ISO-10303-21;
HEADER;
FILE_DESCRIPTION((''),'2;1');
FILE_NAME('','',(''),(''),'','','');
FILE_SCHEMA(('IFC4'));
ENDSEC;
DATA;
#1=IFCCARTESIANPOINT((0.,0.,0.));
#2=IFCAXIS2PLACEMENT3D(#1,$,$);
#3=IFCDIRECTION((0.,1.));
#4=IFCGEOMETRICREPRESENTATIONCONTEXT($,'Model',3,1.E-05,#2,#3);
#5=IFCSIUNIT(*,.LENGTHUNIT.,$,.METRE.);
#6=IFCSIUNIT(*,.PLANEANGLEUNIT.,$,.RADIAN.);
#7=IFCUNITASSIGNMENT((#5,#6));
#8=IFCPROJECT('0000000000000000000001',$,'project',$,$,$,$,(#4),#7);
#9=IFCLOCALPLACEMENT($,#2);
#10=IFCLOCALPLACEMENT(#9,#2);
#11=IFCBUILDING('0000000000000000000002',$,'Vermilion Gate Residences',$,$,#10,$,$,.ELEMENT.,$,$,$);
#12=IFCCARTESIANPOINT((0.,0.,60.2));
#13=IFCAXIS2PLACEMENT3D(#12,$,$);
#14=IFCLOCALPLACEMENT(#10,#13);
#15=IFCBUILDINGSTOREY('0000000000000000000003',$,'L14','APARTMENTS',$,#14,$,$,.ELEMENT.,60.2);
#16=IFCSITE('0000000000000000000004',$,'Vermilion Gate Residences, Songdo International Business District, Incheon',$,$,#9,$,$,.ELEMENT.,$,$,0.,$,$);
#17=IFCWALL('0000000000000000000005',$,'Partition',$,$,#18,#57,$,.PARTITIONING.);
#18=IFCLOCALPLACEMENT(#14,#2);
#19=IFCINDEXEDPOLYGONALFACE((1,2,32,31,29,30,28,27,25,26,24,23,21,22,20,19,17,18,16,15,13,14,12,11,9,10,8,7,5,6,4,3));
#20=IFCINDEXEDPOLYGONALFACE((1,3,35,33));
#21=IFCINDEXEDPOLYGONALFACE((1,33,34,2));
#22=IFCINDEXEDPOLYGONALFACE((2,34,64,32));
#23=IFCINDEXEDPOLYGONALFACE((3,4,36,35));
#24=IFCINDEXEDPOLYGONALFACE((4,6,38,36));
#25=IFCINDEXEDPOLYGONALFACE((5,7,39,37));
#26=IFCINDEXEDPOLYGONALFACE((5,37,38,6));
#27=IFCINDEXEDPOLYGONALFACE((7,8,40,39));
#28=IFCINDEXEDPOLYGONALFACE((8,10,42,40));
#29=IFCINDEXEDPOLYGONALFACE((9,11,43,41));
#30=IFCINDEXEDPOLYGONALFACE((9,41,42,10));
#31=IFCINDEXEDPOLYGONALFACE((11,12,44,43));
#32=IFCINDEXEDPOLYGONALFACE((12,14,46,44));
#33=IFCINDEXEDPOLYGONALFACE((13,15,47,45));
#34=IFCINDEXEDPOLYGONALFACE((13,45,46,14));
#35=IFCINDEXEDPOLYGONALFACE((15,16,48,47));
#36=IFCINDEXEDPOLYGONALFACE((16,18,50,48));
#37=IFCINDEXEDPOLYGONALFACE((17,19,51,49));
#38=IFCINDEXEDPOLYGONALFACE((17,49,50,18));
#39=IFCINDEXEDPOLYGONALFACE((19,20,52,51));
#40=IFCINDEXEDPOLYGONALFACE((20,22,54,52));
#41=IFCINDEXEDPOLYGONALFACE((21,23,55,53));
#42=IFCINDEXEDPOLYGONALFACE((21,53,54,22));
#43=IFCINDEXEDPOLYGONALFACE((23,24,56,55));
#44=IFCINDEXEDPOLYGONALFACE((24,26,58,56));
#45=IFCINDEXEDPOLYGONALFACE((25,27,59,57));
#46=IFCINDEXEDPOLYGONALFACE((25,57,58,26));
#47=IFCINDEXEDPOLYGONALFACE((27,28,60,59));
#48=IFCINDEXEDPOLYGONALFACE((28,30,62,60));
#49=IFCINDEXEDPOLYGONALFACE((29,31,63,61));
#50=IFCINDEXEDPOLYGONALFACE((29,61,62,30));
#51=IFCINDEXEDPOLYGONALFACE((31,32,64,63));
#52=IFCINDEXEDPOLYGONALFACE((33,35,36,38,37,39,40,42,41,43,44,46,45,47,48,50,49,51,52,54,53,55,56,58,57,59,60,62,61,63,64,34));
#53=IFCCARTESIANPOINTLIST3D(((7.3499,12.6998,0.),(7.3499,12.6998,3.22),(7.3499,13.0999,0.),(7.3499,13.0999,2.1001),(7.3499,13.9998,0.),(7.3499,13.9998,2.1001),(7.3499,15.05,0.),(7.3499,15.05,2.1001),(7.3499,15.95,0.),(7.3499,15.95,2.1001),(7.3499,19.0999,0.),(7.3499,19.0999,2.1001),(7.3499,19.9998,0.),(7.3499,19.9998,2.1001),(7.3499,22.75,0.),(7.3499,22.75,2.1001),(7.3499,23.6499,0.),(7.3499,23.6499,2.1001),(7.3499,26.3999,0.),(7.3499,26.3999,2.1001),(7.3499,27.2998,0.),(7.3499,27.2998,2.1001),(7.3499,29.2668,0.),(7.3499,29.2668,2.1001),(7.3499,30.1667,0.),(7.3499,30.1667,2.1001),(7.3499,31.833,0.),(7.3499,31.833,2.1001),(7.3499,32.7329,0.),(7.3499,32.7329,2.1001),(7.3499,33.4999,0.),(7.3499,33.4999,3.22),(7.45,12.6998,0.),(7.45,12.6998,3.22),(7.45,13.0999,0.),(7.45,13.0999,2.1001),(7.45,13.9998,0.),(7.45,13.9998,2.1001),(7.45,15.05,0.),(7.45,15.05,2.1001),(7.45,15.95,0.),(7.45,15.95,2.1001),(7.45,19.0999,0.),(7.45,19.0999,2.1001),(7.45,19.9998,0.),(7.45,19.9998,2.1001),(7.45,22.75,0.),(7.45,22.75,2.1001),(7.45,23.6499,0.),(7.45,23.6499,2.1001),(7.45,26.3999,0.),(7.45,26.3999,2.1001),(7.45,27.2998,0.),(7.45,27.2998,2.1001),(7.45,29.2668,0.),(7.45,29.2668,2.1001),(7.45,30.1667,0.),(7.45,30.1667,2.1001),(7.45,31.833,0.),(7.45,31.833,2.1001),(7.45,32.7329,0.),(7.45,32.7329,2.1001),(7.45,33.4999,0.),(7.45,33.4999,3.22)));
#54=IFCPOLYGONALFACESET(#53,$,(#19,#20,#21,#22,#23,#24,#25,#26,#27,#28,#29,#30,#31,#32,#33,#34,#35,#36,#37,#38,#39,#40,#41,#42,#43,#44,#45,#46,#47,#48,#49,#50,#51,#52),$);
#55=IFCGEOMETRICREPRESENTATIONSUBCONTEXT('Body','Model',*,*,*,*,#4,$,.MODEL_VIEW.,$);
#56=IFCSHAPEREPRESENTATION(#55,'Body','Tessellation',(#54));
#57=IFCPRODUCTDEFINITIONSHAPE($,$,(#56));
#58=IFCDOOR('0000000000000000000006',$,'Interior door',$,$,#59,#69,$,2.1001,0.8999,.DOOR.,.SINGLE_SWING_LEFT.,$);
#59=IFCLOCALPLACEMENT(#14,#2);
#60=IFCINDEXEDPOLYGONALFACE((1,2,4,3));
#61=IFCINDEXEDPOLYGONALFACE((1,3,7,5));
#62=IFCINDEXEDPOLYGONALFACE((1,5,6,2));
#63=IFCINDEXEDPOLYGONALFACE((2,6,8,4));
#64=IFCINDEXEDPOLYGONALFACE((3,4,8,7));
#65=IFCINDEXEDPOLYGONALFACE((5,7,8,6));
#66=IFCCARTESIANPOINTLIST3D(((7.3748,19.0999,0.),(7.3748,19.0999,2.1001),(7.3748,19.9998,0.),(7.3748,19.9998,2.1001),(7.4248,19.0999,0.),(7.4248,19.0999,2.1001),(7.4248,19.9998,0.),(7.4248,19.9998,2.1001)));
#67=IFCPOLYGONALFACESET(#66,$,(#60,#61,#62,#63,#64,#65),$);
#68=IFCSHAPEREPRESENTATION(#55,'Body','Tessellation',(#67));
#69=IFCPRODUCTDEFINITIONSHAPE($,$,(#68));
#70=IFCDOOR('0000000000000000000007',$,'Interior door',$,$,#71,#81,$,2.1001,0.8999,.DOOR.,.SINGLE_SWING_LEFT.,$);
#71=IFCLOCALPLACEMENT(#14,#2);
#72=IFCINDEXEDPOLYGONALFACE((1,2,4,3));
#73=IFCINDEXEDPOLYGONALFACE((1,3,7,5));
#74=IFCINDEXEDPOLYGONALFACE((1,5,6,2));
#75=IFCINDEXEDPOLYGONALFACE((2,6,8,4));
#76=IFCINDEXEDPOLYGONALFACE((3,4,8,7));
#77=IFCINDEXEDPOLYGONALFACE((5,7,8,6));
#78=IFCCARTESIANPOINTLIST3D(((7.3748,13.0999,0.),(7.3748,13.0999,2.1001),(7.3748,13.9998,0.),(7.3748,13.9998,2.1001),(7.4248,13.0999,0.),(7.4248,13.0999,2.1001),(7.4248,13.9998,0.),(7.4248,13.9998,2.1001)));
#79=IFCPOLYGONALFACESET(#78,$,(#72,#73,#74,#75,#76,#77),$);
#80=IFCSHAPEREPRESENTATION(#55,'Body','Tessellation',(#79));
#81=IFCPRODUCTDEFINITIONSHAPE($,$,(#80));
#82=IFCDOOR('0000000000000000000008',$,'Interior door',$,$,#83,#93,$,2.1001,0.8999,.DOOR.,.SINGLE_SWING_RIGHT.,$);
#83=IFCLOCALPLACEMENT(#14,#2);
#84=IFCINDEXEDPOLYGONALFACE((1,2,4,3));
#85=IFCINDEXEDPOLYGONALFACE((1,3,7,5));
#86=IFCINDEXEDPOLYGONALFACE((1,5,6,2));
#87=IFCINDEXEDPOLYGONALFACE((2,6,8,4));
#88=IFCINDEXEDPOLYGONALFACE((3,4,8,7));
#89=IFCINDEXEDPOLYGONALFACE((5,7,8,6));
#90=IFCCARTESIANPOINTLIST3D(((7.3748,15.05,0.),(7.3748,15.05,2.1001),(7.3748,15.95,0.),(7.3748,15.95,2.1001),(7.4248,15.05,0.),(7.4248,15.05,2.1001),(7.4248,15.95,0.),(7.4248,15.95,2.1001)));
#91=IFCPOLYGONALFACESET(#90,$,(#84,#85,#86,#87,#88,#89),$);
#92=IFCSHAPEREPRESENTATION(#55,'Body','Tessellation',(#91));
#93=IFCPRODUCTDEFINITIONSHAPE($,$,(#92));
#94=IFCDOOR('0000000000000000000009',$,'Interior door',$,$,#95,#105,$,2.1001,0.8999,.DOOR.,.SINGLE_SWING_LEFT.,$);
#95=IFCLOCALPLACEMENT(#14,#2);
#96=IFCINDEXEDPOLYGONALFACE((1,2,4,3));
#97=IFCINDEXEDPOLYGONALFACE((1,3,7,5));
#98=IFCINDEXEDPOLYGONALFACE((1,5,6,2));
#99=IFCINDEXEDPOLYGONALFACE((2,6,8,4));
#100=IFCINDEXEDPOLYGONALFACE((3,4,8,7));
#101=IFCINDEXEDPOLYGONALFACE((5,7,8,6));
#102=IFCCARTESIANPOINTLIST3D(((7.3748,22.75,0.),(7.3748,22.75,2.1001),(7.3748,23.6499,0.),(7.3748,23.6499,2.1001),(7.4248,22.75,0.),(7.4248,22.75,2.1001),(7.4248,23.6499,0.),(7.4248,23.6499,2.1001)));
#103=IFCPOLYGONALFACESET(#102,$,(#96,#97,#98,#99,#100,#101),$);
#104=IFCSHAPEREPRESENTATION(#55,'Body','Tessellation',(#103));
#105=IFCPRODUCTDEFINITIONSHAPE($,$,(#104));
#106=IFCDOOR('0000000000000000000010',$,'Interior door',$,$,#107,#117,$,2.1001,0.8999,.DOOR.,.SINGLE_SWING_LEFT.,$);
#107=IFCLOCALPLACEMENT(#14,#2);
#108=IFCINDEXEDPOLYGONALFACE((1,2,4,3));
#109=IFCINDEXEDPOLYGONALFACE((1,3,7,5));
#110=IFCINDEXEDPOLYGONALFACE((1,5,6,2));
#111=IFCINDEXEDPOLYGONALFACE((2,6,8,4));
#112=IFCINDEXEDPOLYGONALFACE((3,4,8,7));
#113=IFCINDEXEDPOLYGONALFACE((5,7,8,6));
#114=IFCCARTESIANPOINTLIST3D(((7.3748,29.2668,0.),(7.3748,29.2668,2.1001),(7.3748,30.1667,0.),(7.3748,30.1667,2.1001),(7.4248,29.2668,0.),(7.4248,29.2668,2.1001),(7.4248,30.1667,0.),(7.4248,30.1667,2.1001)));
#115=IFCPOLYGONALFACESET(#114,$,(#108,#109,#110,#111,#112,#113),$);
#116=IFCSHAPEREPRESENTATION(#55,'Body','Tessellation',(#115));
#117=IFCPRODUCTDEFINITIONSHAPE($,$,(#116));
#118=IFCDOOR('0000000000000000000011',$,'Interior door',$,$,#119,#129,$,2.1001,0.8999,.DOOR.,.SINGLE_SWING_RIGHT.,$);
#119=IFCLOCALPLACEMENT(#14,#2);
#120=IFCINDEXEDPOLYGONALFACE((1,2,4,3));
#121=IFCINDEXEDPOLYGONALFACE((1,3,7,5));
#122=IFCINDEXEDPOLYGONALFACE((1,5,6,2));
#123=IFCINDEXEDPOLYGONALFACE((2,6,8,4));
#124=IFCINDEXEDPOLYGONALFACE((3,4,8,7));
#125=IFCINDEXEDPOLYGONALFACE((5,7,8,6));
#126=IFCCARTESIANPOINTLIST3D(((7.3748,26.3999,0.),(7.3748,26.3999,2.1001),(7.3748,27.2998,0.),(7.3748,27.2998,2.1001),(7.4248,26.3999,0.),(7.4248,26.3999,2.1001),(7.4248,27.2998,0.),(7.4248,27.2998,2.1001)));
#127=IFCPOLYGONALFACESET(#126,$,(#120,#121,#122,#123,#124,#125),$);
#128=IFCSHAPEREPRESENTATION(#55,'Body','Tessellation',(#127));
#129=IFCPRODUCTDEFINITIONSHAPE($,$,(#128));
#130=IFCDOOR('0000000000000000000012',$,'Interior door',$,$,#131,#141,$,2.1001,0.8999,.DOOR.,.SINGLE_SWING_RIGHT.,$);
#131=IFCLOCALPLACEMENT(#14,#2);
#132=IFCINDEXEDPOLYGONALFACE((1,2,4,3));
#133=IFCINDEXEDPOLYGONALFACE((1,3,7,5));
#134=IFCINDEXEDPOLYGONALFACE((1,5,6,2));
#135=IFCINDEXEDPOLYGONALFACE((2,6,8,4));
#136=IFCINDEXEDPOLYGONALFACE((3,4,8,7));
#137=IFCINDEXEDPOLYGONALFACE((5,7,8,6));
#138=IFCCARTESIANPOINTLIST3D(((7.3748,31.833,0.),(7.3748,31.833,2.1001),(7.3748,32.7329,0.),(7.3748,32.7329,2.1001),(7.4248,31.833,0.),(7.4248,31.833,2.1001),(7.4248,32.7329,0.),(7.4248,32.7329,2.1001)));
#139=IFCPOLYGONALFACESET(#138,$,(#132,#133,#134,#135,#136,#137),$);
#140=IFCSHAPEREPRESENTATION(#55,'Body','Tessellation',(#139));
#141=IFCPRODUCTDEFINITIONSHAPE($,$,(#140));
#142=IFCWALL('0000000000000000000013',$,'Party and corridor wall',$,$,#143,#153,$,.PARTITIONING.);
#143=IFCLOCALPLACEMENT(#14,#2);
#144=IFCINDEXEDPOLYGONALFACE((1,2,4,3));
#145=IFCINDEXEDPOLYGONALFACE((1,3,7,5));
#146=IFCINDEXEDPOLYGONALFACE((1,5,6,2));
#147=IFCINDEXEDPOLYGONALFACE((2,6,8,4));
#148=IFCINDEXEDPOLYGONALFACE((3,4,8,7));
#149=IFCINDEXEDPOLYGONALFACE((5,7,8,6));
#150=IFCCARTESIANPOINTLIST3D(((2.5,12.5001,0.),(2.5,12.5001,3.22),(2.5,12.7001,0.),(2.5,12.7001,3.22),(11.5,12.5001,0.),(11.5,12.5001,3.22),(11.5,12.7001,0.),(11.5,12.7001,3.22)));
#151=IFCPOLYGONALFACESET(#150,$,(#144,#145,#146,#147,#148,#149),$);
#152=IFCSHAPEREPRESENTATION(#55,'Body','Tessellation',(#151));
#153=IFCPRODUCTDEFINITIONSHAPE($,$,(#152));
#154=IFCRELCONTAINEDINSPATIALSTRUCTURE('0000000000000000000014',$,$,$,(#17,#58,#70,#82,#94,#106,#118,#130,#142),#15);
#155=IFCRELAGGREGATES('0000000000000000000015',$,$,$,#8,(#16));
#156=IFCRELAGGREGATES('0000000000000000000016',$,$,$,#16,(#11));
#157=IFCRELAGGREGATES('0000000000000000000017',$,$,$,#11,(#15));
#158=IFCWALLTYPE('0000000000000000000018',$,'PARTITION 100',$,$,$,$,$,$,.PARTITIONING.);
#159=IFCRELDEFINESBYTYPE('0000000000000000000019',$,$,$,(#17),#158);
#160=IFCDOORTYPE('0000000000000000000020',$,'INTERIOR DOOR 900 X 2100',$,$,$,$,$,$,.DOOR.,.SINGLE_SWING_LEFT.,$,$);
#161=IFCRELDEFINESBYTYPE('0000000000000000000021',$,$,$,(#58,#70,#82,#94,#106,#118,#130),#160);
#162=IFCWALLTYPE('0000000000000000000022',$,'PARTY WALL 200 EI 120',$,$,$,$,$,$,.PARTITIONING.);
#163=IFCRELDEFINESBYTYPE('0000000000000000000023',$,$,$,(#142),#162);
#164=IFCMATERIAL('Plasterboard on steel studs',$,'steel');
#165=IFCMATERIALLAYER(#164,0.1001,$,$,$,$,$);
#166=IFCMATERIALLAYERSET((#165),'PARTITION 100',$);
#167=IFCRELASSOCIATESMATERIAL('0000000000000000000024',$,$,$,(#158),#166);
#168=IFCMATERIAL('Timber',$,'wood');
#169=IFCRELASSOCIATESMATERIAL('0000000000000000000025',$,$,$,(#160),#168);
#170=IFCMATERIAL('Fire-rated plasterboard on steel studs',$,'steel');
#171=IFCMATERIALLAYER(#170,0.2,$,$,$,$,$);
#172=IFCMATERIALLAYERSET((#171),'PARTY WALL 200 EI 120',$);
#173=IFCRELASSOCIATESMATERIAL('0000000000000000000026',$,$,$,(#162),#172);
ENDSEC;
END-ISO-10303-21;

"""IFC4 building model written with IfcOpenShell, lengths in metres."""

from ifc_helpers import new_model, si_unit, direction, frame, frame_2d, origin, place, context, subcontext, project, spatial, rectangle, extrude, material, layer, layer_set, type_object, element, fill, save


model = new_model("IFC4")

# Units and contexts
model_context = context("Model", 3, precision=1e-05, world=origin(), true_north=direction((0.0, 1.0)))
body_context = subcontext(model_context, "Body", "Model", "MODEL_VIEW")
ifc_project = project(units=[si_unit("LENGTHUNIT", "METRE"), si_unit("PLANEANGLEUNIT", "RADIAN")], contexts=[model_context])

# Site, building, storey
site_placement = place(None, origin())
site = spatial("IfcSite", under=ifc_project, at=site_placement, Name="Vermilion Gate Residences, Songdo International Business District, Incheon", CompositionType="ELEMENT", RefElevation=0.0)
building_placement = place(site_placement, origin())
building = spatial("IfcBuilding", under=site, at=building_placement, Name="Vermilion Gate Residences", CompositionType="ELEMENT")
storey_placement = place(building_placement, frame((0.0, 0.0, 60.2)))
storey = spatial("IfcBuildingStorey", under=building, at=storey_placement, Name="L14", Description="APARTMENTS", CompositionType="ELEMENT", Elevation=60.2)

# Shared definitions
ifc_material_1 = material(Name="Plasterboard on steel studs", Category="steel")
ifc_layer_1 = layer(ifc_material_1, 0.1001)
ifc_layer_set_1 = layer_set([ifc_layer_1], Name="PARTITION 100")
wall_type_1 = type_object("IfcWallType", Name="PARTITION 100", PredefinedType="PARTITIONING", material=ifc_layer_set_1)

# Wall, openings, doors
ifc_material_2 = material(Name="Timber", Category="wood")
door_type = type_object("IfcDoorType", Name="INTERIOR DOOR 900 X 2100", OperationType="SINGLE_SWING_LEFT", PredefinedType="DOOR", material=ifc_material_2)
wall_1_placement = place(storey_placement, frame((7.3999, 12.7, 0.0), z_axis=(0.0, 0.0, 1.0), x_axis=(0.0, 1.0, 0.0)))
wall_1 = element("IfcWall", 1, at=wall_1_placement, inside=storey, type_object=wall_type_1, Name="Partition", PredefinedType="PARTITIONING", context=body_context, shape_type="SweptSolid", body=[
    extrude(rectangle(XDim=20.8, YDim=0.1001, at=frame_2d((10.3999, 0.0))), origin(), (0.0, 0.0, 1.0), 3.22),
])
opening_1_placement = place(wall_1_placement, frame((6.3999, 0.0, 0.0)))
opening_1 = element("IfcOpeningElement", 2, at=opening_1_placement, cuts=wall_1, PredefinedType="OPENING", context=body_context, shape_type="SweptSolid", body=[
    extrude(rectangle(XDim=0.8999, YDim=2.1001, at=frame_2d((0.45, 1.05))), frame((0.0, 0.0601, 0.0), z_axis=(0.0, -1.0, 0.0), x_axis=(1.0, 0.0, 0.0)), (0.0, 0.0, 1.0), 0.1201),
])
opening_2_placement = place(wall_1_placement, frame((0.3999, 0.0, 0.0)))
opening_2 = element("IfcOpeningElement", 3, at=opening_2_placement, cuts=wall_1, PredefinedType="OPENING", context=body_context, shape_type="SweptSolid", body=[
    extrude(rectangle(XDim=0.8999, YDim=2.1001, at=frame_2d((0.45, 1.05))), frame((0.0, 0.0601, 0.0), z_axis=(0.0, -1.0, 0.0), x_axis=(1.0, 0.0, 0.0)), (0.0, 0.0, 1.0), 0.1201),
])
opening_3_placement = place(wall_1_placement, frame((2.3501, 0.0, 0.0)))
opening_3 = element("IfcOpeningElement", 4, at=opening_3_placement, cuts=wall_1, PredefinedType="OPENING", context=body_context, shape_type="SweptSolid", body=[
    extrude(rectangle(XDim=0.8999, YDim=2.1001, at=frame_2d((0.45, 1.05))), frame((0.0, 0.0601, 0.0), z_axis=(0.0, -1.0, 0.0), x_axis=(1.0, 0.0, 0.0)), (0.0, 0.0, 1.0), 0.1201),
])
opening_4_placement = place(wall_1_placement, frame((10.05, 0.0, 0.0)))
opening_4 = element("IfcOpeningElement", 5, at=opening_4_placement, cuts=wall_1, PredefinedType="OPENING", context=body_context, shape_type="SweptSolid", body=[
    extrude(rectangle(XDim=0.8999, YDim=2.1001, at=frame_2d((0.45, 1.05))), frame((0.0, 0.0601, 0.0), z_axis=(0.0, -1.0, 0.0), x_axis=(1.0, 0.0, 0.0)), (0.0, 0.0, 1.0), 0.1201),
])
opening_5_placement = place(wall_1_placement, frame((16.5669, 0.0, 0.0)))
opening_5 = element("IfcOpeningElement", 6, at=opening_5_placement, cuts=wall_1, PredefinedType="OPENING", context=body_context, shape_type="SweptSolid", body=[
    extrude(rectangle(XDim=0.8999, YDim=2.1001, at=frame_2d((0.45, 1.05))), frame((0.0, 0.0601, 0.0), z_axis=(0.0, -1.0, 0.0), x_axis=(1.0, 0.0, 0.0)), (0.0, 0.0, 1.0), 0.1201),
])
opening_6_placement = place(wall_1_placement, frame((13.7, 0.0, 0.0)))
opening_6 = element("IfcOpeningElement", 7, at=opening_6_placement, cuts=wall_1, PredefinedType="OPENING", context=body_context, shape_type="SweptSolid", body=[
    extrude(rectangle(XDim=0.8999, YDim=2.1001, at=frame_2d((0.45, 1.05))), frame((0.0, 0.0601, 0.0), z_axis=(0.0, -1.0, 0.0), x_axis=(1.0, 0.0, 0.0)), (0.0, 0.0, 1.0), 0.1201),
])
opening_7_placement = place(wall_1_placement, frame((19.1331, 0.0, 0.0)))
opening_7 = element("IfcOpeningElement", 8, at=opening_7_placement, cuts=wall_1, PredefinedType="OPENING", context=body_context, shape_type="SweptSolid", body=[
    extrude(rectangle(XDim=0.8999, YDim=2.1001, at=frame_2d((0.45, 1.05))), frame((0.0, 0.0601, 0.0), z_axis=(0.0, -1.0, 0.0), x_axis=(1.0, 0.0, 0.0)), (0.0, 0.0, 1.0), 0.1201),
])
door_1_placement = place(opening_1_placement, frame((0.8999, 0.0, 0.0), z_axis=(0.0, 0.0, 1.0), x_axis=(-1.0, 0.0, 0.0)))
door_1 = element("IfcDoor", 9, at=door_1_placement, inside=storey, type_object=door_type, Name="Interior door", OperationType="SINGLE_SWING_LEFT", OverallHeight=2.1001, OverallWidth=0.8999, PredefinedType="DOOR", context=body_context, shape_type="SweptSolid", body=[
    extrude(rectangle(XDim=0.8999, YDim=2.1001, at=frame_2d((0.45, 1.05))), frame((0.0, 0.0249, 0.0), z_axis=(0.0, -1.0, 0.0), x_axis=(1.0, 0.0, 0.0)), (0.0, 0.0, 1.0), 0.05),
])
fill(opening_1, door_1)
door_2_placement = place(opening_2_placement, frame((0.8999, 0.0, 0.0), z_axis=(0.0, 0.0, 1.0), x_axis=(-1.0, 0.0, 0.0)))
door_2 = element("IfcDoor", 10, at=door_2_placement, inside=storey, type_object=door_type, Name="Interior door", OperationType="SINGLE_SWING_LEFT", OverallHeight=2.1001, OverallWidth=0.8999, PredefinedType="DOOR", context=body_context, shape_type="SweptSolid", body=[
    extrude(rectangle(XDim=0.8999, YDim=2.1001, at=frame_2d((0.45, 1.05))), frame((0.0, 0.0249, 0.0), z_axis=(0.0, -1.0, 0.0), x_axis=(1.0, 0.0, 0.0)), (0.0, 0.0, 1.0), 0.05),
])
fill(opening_2, door_2)
door_3_placement = place(opening_3_placement, frame((0.8999, 0.0, 0.0), z_axis=(0.0, 0.0, 1.0), x_axis=(-1.0, 0.0, 0.0)))
door_3 = element("IfcDoor", 11, at=door_3_placement, inside=storey, type_object=door_type, Name="Interior door", OperationType="SINGLE_SWING_RIGHT", OverallHeight=2.1001, OverallWidth=0.8999, PredefinedType="DOOR", context=body_context, shape_type="SweptSolid", body=[
    extrude(rectangle(XDim=0.8999, YDim=2.1001, at=frame_2d((0.45, 1.05))), frame((0.0, 0.0249, 0.0), z_axis=(0.0, -1.0, 0.0), x_axis=(1.0, 0.0, 0.0)), (0.0, 0.0, 1.0), 0.05),
])
fill(opening_3, door_3)
door_4_placement = place(opening_4_placement, frame((0.8999, 0.0, 0.0), z_axis=(0.0, 0.0, 1.0), x_axis=(-1.0, 0.0, 0.0)))
door_4 = element("IfcDoor", 12, at=door_4_placement, inside=storey, type_object=door_type, Name="Interior door", OperationType="SINGLE_SWING_LEFT", OverallHeight=2.1001, OverallWidth=0.8999, PredefinedType="DOOR", context=body_context, shape_type="SweptSolid", body=[
    extrude(rectangle(XDim=0.8999, YDim=2.1001, at=frame_2d((0.45, 1.05))), frame((0.0, 0.0249, 0.0), z_axis=(0.0, -1.0, 0.0), x_axis=(1.0, 0.0, 0.0)), (0.0, 0.0, 1.0), 0.05),
])
fill(opening_4, door_4)
door_5_placement = place(opening_5_placement, frame((0.8999, 0.0, 0.0), z_axis=(0.0, 0.0, 1.0), x_axis=(-1.0, 0.0, 0.0)))
door_5 = element("IfcDoor", 13, at=door_5_placement, inside=storey, type_object=door_type, Name="Interior door", OperationType="SINGLE_SWING_LEFT", OverallHeight=2.1001, OverallWidth=0.8999, PredefinedType="DOOR", context=body_context, shape_type="SweptSolid", body=[
    extrude(rectangle(XDim=0.8999, YDim=2.1001, at=frame_2d((0.45, 1.05))), frame((0.0, 0.0249, 0.0), z_axis=(0.0, -1.0, 0.0), x_axis=(1.0, 0.0, 0.0)), (0.0, 0.0, 1.0), 0.05),
])
fill(opening_5, door_5)
door_6_placement = place(opening_6_placement, frame((0.8999, 0.0, 0.0), z_axis=(0.0, 0.0, 1.0), x_axis=(-1.0, 0.0, 0.0)))
door_6 = element("IfcDoor", 14, at=door_6_placement, inside=storey, type_object=door_type, Name="Interior door", OperationType="SINGLE_SWING_RIGHT", OverallHeight=2.1001, OverallWidth=0.8999, PredefinedType="DOOR", context=body_context, shape_type="SweptSolid", body=[
    extrude(rectangle(XDim=0.8999, YDim=2.1001, at=frame_2d((0.45, 1.05))), frame((0.0, 0.0249, 0.0), z_axis=(0.0, -1.0, 0.0), x_axis=(1.0, 0.0, 0.0)), (0.0, 0.0, 1.0), 0.05),
])
fill(opening_6, door_6)
door_7_placement = place(opening_7_placement, frame((0.8999, 0.0, 0.0), z_axis=(0.0, 0.0, 1.0), x_axis=(-1.0, 0.0, 0.0)))
door_7 = element("IfcDoor", 15, at=door_7_placement, inside=storey, type_object=door_type, Name="Interior door", OperationType="SINGLE_SWING_RIGHT", OverallHeight=2.1001, OverallWidth=0.8999, PredefinedType="DOOR", context=body_context, shape_type="SweptSolid", body=[
    extrude(rectangle(XDim=0.8999, YDim=2.1001, at=frame_2d((0.45, 1.05))), frame((0.0, 0.0249, 0.0), z_axis=(0.0, -1.0, 0.0), x_axis=(1.0, 0.0, 0.0)), (0.0, 0.0, 1.0), 0.05),
])
fill(opening_7, door_7)

# Wall
ifc_material_3 = material(Name="Fire-rated plasterboard on steel studs", Category="steel")
ifc_layer_2 = layer(ifc_material_3, 0.2)
ifc_layer_set_2 = layer_set([ifc_layer_2], Name="PARTY WALL 200 EI 120")
wall_type_2 = type_object("IfcWallType", Name="PARTY WALL 200 EI 120", PredefinedType="PARTITIONING", material=ifc_layer_set_2)
wall_2_placement = place(storey_placement, frame((2.5, 12.6001, 0.0), z_axis=(0.0, 0.0, 1.0), x_axis=(1.0, 0.0, 0.0)))
element("IfcWall", 16, at=wall_2_placement, inside=storey, type_object=wall_type_2, Name="Party and corridor wall", PredefinedType="PARTITIONING", context=body_context, shape_type="SweptSolid", body=[
    extrude(rectangle(XDim=9.0, YDim=0.2, at=frame_2d((4.5, 0.0))), origin(), (0.0, 0.0, 1.0), 3.22),
])

save(model, "model.ifc")
